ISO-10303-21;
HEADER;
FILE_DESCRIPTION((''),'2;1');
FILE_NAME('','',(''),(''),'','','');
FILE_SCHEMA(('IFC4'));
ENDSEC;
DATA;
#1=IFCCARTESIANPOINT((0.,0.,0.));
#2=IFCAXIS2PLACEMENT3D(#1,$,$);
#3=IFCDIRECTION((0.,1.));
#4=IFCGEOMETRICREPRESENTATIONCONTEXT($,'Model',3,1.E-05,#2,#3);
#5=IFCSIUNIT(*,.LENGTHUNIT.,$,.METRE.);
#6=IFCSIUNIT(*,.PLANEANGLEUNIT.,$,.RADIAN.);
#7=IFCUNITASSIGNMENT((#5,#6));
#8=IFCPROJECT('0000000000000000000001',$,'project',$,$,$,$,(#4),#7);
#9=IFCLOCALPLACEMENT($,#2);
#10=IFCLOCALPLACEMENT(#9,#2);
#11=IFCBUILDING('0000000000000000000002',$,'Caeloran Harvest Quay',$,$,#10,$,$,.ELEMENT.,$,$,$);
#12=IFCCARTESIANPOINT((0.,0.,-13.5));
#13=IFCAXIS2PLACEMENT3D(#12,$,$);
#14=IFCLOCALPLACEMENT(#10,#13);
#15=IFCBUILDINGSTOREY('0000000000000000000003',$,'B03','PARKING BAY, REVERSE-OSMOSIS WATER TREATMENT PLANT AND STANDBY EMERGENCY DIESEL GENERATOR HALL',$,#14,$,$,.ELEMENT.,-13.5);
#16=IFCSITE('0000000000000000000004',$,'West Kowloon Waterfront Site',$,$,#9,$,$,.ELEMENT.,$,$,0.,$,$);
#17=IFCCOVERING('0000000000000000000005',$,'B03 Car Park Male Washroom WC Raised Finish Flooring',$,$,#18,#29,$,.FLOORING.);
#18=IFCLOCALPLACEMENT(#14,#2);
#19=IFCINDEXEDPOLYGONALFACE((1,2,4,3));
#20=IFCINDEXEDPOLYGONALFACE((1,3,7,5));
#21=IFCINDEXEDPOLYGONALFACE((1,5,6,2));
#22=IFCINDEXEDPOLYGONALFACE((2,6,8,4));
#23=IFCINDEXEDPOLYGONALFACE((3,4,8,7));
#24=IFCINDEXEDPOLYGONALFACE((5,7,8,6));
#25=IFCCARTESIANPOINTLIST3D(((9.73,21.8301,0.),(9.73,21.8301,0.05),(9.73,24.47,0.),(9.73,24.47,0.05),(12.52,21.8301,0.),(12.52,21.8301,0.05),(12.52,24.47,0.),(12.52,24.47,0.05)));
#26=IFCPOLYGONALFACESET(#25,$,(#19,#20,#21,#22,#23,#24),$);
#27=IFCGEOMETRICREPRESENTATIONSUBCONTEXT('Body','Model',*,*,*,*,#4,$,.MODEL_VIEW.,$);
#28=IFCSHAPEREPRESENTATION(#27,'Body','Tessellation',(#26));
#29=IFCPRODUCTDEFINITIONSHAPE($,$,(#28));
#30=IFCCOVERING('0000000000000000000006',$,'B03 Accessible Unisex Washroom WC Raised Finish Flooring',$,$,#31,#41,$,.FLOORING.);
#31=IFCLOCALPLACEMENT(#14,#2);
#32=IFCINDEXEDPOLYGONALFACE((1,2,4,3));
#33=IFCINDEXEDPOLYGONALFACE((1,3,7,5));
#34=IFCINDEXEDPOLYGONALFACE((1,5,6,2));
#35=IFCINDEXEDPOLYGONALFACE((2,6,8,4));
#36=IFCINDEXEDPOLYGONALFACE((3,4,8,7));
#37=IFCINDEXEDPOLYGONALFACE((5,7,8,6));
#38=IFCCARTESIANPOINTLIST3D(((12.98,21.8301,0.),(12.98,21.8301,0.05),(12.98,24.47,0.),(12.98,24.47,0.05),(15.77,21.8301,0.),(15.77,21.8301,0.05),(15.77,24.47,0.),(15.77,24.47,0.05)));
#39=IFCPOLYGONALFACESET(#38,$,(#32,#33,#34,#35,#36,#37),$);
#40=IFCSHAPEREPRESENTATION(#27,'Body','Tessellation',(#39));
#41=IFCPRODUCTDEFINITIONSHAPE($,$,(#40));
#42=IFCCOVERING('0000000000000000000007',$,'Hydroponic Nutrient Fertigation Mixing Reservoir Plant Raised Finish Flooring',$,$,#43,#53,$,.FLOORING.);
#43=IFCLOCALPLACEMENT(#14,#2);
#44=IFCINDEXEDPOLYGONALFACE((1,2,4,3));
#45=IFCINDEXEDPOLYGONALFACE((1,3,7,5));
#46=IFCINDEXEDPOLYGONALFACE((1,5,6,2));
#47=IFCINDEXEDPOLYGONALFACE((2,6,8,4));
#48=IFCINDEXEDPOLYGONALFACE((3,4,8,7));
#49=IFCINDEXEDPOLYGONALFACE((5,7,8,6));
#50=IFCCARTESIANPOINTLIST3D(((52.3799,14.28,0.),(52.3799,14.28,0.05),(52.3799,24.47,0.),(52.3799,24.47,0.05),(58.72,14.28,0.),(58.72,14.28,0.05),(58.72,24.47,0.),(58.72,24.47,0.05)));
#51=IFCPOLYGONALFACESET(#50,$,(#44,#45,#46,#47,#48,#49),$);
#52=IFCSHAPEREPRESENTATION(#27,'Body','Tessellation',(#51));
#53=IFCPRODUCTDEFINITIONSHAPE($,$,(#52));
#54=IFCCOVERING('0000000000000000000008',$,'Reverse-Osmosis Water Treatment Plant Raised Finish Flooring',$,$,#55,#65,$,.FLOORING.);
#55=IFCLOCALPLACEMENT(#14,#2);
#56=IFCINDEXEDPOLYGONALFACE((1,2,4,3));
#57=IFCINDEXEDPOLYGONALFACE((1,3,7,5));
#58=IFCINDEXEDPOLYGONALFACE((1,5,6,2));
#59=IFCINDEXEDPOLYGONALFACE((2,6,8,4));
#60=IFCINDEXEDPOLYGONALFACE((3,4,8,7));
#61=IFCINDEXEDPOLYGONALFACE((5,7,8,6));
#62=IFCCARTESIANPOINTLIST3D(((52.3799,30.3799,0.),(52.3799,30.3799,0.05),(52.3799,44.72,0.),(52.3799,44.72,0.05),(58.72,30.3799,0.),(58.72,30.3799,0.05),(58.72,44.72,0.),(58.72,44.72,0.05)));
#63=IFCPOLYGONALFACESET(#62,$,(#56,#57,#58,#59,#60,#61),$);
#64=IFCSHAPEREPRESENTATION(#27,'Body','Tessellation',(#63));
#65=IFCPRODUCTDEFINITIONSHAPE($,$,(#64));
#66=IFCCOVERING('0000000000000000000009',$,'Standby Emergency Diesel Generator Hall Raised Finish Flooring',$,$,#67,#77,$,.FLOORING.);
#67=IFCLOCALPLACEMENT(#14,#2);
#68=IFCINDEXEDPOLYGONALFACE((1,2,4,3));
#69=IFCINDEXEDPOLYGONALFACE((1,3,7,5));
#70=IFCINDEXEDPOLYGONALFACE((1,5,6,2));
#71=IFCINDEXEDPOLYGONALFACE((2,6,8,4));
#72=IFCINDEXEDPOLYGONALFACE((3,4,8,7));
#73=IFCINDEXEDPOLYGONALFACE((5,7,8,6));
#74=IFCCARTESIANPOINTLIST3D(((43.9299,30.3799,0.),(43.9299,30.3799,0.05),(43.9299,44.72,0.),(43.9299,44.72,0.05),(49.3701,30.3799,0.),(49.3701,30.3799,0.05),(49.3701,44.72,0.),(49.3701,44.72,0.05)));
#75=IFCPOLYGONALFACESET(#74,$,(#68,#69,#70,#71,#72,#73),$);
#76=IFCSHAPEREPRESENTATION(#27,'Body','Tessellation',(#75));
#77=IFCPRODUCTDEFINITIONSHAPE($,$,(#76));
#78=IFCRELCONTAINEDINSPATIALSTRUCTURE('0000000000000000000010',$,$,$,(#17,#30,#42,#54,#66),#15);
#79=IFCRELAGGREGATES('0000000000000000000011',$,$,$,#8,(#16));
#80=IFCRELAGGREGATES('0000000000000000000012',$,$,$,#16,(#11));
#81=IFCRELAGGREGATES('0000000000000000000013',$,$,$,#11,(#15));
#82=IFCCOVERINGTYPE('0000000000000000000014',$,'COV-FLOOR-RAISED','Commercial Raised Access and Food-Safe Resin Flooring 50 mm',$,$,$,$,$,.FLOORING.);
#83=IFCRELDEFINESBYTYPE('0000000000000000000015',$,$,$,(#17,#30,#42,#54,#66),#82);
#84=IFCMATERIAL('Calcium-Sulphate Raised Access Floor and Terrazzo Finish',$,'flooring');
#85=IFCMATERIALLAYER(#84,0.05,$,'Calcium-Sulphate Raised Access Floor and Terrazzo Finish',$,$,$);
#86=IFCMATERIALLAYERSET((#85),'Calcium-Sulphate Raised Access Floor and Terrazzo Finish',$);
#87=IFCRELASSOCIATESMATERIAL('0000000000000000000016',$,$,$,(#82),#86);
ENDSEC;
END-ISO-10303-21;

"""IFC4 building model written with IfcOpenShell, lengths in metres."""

from ifc_helpers import new_model, si_unit, direction, frame, origin, place, context, subcontext, project, spatial, polyline, outline, extrude, material, layer, layer_set, type_object, element, save


model = new_model("IFC4")

# Units and contexts
model_context = context("Model", 3, precision=1e-05, world=origin(), true_north=direction((0.0, 1.0)))
body_context = subcontext(model_context, "Body", "Model", "MODEL_VIEW")
ifc_project = project(units=[si_unit("LENGTHUNIT", "METRE"), si_unit("PLANEANGLEUNIT", "RADIAN")], contexts=[model_context])

# Site, building, storey
site_placement = place(None, origin())
site = spatial("IfcSite", under=ifc_project, at=site_placement, Name="West Kowloon Waterfront Site", CompositionType="ELEMENT", RefElevation=0.0)
building_placement = place(site_placement, origin())
building = spatial("IfcBuilding", under=site, at=building_placement, Name="Caeloran Harvest Quay", CompositionType="ELEMENT")
storey_placement = place(building_placement, frame((0.0, 0.0, -13.5)))
storey = spatial("IfcBuildingStorey", under=building, at=storey_placement, Name="B03", Description="PARKING BAY, REVERSE-OSMOSIS WATER TREATMENT PLANT AND STANDBY EMERGENCY DIESEL GENERATOR HALL", CompositionType="ELEMENT", Elevation=-13.5)

# Coverings
ifc_material_1 = material(Name="Calcium-Sulphate Raised Access Floor and Terrazzo Finish", Category="flooring")
ifc_layer_1 = layer(ifc_material_1, 0.05, Name="Calcium-Sulphate Raised Access Floor and Terrazzo Finish")
ifc_layer_set_1 = layer_set([ifc_layer_1], Name="Calcium-Sulphate Raised Access Floor and Terrazzo Finish")
covering_type_1 = type_object("IfcCoveringType", Name="COV-FLOOR-RAISED", Description="Commercial Raised Access and Food-Safe Resin Flooring 50 mm", PredefinedType="FLOORING", material=ifc_layer_set_1)
covering_1_placement = place(storey_placement, origin())
element("IfcCovering", 1, at=covering_1_placement, inside=storey, type_object=covering_type_1, Name="B03 Car Park Male Washroom WC Raised Finish Flooring", PredefinedType="FLOORING", context=body_context, shape_type="SweptSolid", body=[
    extrude(outline(polyline([(12.52, 24.47), (12.52, 21.8301), (9.73, 21.8301), (9.73, 24.47), (12.52, 24.47)])), origin(), (0.0, 0.0, 1.0), 0.05),
])
covering_2_placement = place(storey_placement, origin())
element("IfcCovering", 2, at=covering_2_placement, inside=storey, type_object=covering_type_1, Name="B03 Accessible Unisex Washroom WC Raised Finish Flooring", PredefinedType="FLOORING", context=body_context, shape_type="SweptSolid", body=[
    extrude(outline(polyline([(15.77, 24.47), (15.77, 21.8301), (12.98, 21.8301), (12.98, 24.47), (15.77, 24.47)])), origin(), (0.0, 0.0, 1.0), 0.05),
])
covering_3_placement = place(storey_placement, origin())
element("IfcCovering", 3, at=covering_3_placement, inside=storey, type_object=covering_type_1, Name="Hydroponic Nutrient Fertigation Mixing Reservoir Plant Raised Finish Flooring", PredefinedType="FLOORING", context=body_context, shape_type="SweptSolid", body=[
    extrude(outline(polyline([(58.72, 24.47), (58.72, 14.28), (52.3799, 14.28), (52.3799, 24.47), (58.72, 24.47)])), origin(), (0.0, 0.0, 1.0), 0.05),
])
covering_4_placement = place(storey_placement, origin())
element("IfcCovering", 4, at=covering_4_placement, inside=storey, type_object=covering_type_1, Name="Reverse-Osmosis Water Treatment Plant Raised Finish Flooring", PredefinedType="FLOORING", context=body_context, shape_type="SweptSolid", body=[
    extrude(outline(polyline([(58.72, 44.72), (58.72, 30.3799), (52.3799, 30.3799), (52.3799, 44.72), (58.72, 44.72)])), origin(), (0.0, 0.0, 1.0), 0.05),
])
covering_5_placement = place(storey_placement, origin())
element("IfcCovering", 5, at=covering_5_placement, inside=storey, type_object=covering_type_1, Name="Standby Emergency Diesel Generator Hall Raised Finish Flooring", PredefinedType="FLOORING", context=body_context, shape_type="SweptSolid", body=[
    extrude(outline(polyline([(49.3701, 44.72), (49.3701, 30.3799), (43.9299, 30.3799), (43.9299, 44.72), (49.3701, 44.72)])), origin(), (0.0, 0.0, 1.0), 0.05),
])

save(model, "model.ifc")
